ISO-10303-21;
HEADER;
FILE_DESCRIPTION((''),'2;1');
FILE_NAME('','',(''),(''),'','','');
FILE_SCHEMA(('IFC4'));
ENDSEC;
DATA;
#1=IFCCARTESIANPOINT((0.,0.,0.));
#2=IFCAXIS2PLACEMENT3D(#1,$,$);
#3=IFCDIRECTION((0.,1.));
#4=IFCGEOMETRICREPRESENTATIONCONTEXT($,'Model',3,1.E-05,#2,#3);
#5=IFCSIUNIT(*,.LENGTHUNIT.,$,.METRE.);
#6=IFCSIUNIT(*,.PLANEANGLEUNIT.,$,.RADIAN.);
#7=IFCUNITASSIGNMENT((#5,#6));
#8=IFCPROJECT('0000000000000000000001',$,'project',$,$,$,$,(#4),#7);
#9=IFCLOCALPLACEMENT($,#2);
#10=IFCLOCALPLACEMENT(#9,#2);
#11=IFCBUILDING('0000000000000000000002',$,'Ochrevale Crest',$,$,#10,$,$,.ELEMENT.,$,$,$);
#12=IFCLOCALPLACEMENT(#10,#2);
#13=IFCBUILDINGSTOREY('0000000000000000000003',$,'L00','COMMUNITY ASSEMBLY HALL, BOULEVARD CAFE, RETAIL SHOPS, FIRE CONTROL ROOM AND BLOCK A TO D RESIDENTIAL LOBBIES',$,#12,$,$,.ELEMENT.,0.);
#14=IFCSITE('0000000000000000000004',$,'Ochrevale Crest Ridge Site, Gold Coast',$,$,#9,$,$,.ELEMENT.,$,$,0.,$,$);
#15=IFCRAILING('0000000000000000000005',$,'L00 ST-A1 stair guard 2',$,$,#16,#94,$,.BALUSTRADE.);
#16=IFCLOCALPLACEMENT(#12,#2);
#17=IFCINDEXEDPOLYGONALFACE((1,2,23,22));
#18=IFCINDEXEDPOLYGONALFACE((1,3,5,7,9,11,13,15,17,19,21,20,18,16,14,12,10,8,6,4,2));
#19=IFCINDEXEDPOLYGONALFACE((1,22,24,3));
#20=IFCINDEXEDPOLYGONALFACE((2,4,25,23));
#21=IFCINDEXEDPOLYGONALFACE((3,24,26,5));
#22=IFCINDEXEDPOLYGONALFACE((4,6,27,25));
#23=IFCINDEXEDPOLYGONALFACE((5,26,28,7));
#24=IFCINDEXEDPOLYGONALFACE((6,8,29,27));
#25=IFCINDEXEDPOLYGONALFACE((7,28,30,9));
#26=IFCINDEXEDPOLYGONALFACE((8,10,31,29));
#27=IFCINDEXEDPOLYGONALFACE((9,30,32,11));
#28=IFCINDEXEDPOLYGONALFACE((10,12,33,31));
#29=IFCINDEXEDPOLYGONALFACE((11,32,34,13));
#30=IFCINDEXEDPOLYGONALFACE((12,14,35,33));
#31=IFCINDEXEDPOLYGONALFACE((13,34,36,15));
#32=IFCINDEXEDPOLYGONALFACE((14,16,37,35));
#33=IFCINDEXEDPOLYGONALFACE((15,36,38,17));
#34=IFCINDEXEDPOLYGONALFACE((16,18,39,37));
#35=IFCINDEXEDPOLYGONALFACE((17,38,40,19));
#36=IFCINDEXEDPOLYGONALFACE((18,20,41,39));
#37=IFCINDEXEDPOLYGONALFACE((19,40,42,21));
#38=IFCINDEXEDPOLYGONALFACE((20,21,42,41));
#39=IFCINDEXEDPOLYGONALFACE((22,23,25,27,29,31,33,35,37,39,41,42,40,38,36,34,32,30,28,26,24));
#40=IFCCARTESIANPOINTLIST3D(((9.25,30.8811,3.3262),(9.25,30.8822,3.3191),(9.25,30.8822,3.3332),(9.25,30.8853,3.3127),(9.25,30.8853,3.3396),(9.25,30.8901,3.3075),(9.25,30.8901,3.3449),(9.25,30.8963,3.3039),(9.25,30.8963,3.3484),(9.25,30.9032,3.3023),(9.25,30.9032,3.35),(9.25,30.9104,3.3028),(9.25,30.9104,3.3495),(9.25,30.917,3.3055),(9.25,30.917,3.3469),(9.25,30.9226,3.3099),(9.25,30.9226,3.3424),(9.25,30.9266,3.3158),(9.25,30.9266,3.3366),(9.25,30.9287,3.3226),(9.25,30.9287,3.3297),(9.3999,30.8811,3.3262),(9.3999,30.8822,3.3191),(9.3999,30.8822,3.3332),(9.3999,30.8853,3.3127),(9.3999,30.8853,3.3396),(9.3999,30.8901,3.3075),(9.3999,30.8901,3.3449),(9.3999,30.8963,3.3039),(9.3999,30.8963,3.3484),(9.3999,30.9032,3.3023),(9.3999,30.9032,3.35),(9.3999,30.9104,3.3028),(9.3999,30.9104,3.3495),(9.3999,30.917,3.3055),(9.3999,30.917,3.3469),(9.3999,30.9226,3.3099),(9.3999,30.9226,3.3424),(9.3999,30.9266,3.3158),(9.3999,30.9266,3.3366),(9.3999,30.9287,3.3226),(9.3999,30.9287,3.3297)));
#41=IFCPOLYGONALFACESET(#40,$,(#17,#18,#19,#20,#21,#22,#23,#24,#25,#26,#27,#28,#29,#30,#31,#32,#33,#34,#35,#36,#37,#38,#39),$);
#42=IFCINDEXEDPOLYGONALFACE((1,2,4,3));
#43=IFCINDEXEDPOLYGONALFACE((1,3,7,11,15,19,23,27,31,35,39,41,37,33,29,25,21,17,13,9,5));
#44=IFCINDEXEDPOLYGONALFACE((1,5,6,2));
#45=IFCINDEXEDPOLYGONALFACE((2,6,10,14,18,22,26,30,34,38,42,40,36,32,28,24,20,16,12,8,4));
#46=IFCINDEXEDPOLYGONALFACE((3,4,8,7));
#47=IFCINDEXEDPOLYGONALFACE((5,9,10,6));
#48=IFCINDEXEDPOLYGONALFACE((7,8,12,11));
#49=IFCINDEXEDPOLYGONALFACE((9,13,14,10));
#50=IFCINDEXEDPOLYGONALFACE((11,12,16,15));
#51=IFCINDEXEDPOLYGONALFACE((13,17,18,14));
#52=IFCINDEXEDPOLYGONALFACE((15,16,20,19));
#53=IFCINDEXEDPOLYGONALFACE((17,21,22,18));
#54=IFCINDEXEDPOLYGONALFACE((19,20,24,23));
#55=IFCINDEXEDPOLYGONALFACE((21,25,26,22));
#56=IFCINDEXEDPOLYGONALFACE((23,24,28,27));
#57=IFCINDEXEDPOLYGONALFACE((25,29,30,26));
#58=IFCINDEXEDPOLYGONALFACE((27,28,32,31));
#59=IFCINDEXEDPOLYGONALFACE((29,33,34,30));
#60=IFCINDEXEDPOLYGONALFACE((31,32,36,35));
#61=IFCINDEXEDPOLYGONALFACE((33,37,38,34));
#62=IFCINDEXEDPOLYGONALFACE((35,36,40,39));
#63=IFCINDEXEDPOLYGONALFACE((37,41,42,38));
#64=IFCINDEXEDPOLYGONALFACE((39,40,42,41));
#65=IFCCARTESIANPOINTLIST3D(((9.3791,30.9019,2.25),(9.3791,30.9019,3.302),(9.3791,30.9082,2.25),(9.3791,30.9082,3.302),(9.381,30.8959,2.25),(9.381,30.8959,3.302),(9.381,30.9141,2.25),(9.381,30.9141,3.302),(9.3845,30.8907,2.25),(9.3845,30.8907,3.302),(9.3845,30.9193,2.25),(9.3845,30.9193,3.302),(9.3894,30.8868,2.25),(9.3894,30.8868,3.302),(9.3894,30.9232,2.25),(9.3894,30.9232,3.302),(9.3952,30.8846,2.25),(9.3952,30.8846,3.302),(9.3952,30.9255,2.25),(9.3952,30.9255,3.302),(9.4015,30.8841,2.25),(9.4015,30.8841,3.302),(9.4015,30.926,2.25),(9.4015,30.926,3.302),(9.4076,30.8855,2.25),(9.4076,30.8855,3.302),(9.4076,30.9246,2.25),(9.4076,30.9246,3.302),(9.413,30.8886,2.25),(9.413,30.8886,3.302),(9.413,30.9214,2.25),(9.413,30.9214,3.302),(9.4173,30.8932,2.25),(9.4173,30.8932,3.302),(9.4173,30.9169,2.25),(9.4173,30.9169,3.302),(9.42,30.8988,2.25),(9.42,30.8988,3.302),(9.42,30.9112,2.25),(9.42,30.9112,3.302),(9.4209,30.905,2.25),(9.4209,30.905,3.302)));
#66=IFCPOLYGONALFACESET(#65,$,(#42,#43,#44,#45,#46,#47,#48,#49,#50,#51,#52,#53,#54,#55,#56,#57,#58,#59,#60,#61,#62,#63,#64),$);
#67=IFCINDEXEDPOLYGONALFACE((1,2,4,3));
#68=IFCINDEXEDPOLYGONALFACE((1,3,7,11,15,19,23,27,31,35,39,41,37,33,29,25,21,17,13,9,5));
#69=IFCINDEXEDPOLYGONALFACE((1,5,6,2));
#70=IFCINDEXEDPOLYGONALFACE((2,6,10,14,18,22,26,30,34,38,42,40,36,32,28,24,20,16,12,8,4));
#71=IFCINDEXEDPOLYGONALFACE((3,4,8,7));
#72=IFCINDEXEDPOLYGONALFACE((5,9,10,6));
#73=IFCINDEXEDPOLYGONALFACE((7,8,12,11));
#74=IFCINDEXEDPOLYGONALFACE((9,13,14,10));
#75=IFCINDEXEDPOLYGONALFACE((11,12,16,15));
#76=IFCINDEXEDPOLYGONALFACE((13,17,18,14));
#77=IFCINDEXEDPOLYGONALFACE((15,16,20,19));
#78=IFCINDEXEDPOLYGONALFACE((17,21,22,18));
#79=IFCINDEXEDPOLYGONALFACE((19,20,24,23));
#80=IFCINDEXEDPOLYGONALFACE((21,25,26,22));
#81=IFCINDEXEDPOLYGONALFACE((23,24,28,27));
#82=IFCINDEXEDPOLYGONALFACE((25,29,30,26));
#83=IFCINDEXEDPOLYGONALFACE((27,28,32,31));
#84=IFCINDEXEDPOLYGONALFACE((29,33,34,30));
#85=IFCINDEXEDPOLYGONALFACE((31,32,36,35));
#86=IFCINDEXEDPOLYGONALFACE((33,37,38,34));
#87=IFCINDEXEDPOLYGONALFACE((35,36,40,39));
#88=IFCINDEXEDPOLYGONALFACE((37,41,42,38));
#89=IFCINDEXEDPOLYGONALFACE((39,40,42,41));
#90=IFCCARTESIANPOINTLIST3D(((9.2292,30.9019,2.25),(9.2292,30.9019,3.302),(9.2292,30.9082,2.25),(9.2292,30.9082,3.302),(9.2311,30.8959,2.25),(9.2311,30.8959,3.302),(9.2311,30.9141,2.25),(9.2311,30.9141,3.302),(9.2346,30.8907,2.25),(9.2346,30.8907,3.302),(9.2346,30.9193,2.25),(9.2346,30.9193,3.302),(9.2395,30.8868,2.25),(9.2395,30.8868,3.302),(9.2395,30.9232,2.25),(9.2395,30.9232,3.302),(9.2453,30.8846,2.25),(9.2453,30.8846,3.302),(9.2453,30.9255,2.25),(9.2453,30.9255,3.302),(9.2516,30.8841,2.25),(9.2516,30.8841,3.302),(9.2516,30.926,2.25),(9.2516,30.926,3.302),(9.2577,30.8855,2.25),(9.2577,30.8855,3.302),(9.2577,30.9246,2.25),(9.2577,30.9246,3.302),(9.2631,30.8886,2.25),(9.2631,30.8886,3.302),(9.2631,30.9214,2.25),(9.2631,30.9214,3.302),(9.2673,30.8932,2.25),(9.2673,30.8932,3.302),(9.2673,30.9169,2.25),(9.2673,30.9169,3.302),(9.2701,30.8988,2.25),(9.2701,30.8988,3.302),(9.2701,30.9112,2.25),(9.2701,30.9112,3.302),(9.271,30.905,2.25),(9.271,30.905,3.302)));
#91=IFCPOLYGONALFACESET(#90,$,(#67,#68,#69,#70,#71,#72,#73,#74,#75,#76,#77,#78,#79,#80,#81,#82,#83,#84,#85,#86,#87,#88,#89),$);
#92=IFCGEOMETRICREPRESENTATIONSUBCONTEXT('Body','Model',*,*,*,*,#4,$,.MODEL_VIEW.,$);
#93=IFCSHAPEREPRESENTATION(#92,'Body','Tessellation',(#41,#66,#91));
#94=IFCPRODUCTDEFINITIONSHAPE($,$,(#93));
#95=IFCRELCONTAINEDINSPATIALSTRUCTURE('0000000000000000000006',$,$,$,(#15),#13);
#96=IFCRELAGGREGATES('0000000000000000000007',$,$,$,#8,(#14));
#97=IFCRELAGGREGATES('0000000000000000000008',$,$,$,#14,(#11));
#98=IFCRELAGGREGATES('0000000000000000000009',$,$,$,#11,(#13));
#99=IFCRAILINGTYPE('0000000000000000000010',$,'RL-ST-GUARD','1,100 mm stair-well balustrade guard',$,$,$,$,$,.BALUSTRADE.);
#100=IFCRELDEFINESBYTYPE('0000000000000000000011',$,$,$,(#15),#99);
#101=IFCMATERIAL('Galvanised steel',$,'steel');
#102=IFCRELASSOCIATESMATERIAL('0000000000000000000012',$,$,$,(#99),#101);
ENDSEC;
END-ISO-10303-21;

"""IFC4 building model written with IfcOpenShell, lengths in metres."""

from ifc_helpers import new_model, si_unit, direction, frame, origin, origin_2d, place, context, subcontext, project, spatial, circle, extrude, material, type_object, element, save


model = new_model("IFC4")

# Units and contexts
model_context = context("Model", 3, precision=1e-05, world=origin(), true_north=direction((0.0, 1.0)))
body_context = subcontext(model_context, "Body", "Model", "MODEL_VIEW")
ifc_project = project(units=[si_unit("LENGTHUNIT", "METRE"), si_unit("PLANEANGLEUNIT", "RADIAN")], contexts=[model_context])

# Site, building, storey
site_placement = place(None, origin())
site = spatial("IfcSite", under=ifc_project, at=site_placement, Name="Ochrevale Crest Ridge Site, Gold Coast", CompositionType="ELEMENT", RefElevation=0.0)
building_placement = place(site_placement, origin())
building = spatial("IfcBuilding", under=site, at=building_placement, Name="Ochrevale Crest", CompositionType="ELEMENT")
storey_placement = place(building_placement, origin())
storey = spatial("IfcBuildingStorey", under=building, at=storey_placement, Name="L00", Description="COMMUNITY ASSEMBLY HALL, BOULEVARD CAFE, RETAIL SHOPS, FIRE CONTROL ROOM AND BLOCK A TO D RESIDENTIAL LOBBIES", CompositionType="ELEMENT", Elevation=0.0)

# Railing
ifc_material_1 = material(Name="Galvanised steel", Category="steel")
railing_type_1 = type_object("IfcRailingType", Name="RL-ST-GUARD", Description="1,100 mm stair-well balustrade guard", PredefinedType="BALUSTRADE", material=ifc_material_1)
railing_1_placement = place(storey_placement, frame((9.3999, 30.905, 2.25)))
element("IfcRailing", 1, at=railing_1_placement, inside=storey, type_object=railing_type_1, Name="L00 ST-A1 stair guard 2", PredefinedType="BALUSTRADE", context=body_context, shape_type="SweptSolid", body=[
    extrude(circle(Radius=0.0239, at=origin_2d()), frame((0.0, 0.0, 1.0762), z_axis=(-1.0, 0.0, 0.0), x_axis=(0.0, -1.0, 0.0)), (0.0, 0.0, 1.0), 0.1499),
    extrude(circle(Radius=0.021, at=origin_2d()), origin(), (0.0, 0.0, 1.0), 1.052),
    extrude(circle(Radius=0.021, at=origin_2d()), frame((-0.1499, 0.0, 0.0)), (0.0, 0.0, 1.0), 1.052),
])

save(model, "model.ifc")
